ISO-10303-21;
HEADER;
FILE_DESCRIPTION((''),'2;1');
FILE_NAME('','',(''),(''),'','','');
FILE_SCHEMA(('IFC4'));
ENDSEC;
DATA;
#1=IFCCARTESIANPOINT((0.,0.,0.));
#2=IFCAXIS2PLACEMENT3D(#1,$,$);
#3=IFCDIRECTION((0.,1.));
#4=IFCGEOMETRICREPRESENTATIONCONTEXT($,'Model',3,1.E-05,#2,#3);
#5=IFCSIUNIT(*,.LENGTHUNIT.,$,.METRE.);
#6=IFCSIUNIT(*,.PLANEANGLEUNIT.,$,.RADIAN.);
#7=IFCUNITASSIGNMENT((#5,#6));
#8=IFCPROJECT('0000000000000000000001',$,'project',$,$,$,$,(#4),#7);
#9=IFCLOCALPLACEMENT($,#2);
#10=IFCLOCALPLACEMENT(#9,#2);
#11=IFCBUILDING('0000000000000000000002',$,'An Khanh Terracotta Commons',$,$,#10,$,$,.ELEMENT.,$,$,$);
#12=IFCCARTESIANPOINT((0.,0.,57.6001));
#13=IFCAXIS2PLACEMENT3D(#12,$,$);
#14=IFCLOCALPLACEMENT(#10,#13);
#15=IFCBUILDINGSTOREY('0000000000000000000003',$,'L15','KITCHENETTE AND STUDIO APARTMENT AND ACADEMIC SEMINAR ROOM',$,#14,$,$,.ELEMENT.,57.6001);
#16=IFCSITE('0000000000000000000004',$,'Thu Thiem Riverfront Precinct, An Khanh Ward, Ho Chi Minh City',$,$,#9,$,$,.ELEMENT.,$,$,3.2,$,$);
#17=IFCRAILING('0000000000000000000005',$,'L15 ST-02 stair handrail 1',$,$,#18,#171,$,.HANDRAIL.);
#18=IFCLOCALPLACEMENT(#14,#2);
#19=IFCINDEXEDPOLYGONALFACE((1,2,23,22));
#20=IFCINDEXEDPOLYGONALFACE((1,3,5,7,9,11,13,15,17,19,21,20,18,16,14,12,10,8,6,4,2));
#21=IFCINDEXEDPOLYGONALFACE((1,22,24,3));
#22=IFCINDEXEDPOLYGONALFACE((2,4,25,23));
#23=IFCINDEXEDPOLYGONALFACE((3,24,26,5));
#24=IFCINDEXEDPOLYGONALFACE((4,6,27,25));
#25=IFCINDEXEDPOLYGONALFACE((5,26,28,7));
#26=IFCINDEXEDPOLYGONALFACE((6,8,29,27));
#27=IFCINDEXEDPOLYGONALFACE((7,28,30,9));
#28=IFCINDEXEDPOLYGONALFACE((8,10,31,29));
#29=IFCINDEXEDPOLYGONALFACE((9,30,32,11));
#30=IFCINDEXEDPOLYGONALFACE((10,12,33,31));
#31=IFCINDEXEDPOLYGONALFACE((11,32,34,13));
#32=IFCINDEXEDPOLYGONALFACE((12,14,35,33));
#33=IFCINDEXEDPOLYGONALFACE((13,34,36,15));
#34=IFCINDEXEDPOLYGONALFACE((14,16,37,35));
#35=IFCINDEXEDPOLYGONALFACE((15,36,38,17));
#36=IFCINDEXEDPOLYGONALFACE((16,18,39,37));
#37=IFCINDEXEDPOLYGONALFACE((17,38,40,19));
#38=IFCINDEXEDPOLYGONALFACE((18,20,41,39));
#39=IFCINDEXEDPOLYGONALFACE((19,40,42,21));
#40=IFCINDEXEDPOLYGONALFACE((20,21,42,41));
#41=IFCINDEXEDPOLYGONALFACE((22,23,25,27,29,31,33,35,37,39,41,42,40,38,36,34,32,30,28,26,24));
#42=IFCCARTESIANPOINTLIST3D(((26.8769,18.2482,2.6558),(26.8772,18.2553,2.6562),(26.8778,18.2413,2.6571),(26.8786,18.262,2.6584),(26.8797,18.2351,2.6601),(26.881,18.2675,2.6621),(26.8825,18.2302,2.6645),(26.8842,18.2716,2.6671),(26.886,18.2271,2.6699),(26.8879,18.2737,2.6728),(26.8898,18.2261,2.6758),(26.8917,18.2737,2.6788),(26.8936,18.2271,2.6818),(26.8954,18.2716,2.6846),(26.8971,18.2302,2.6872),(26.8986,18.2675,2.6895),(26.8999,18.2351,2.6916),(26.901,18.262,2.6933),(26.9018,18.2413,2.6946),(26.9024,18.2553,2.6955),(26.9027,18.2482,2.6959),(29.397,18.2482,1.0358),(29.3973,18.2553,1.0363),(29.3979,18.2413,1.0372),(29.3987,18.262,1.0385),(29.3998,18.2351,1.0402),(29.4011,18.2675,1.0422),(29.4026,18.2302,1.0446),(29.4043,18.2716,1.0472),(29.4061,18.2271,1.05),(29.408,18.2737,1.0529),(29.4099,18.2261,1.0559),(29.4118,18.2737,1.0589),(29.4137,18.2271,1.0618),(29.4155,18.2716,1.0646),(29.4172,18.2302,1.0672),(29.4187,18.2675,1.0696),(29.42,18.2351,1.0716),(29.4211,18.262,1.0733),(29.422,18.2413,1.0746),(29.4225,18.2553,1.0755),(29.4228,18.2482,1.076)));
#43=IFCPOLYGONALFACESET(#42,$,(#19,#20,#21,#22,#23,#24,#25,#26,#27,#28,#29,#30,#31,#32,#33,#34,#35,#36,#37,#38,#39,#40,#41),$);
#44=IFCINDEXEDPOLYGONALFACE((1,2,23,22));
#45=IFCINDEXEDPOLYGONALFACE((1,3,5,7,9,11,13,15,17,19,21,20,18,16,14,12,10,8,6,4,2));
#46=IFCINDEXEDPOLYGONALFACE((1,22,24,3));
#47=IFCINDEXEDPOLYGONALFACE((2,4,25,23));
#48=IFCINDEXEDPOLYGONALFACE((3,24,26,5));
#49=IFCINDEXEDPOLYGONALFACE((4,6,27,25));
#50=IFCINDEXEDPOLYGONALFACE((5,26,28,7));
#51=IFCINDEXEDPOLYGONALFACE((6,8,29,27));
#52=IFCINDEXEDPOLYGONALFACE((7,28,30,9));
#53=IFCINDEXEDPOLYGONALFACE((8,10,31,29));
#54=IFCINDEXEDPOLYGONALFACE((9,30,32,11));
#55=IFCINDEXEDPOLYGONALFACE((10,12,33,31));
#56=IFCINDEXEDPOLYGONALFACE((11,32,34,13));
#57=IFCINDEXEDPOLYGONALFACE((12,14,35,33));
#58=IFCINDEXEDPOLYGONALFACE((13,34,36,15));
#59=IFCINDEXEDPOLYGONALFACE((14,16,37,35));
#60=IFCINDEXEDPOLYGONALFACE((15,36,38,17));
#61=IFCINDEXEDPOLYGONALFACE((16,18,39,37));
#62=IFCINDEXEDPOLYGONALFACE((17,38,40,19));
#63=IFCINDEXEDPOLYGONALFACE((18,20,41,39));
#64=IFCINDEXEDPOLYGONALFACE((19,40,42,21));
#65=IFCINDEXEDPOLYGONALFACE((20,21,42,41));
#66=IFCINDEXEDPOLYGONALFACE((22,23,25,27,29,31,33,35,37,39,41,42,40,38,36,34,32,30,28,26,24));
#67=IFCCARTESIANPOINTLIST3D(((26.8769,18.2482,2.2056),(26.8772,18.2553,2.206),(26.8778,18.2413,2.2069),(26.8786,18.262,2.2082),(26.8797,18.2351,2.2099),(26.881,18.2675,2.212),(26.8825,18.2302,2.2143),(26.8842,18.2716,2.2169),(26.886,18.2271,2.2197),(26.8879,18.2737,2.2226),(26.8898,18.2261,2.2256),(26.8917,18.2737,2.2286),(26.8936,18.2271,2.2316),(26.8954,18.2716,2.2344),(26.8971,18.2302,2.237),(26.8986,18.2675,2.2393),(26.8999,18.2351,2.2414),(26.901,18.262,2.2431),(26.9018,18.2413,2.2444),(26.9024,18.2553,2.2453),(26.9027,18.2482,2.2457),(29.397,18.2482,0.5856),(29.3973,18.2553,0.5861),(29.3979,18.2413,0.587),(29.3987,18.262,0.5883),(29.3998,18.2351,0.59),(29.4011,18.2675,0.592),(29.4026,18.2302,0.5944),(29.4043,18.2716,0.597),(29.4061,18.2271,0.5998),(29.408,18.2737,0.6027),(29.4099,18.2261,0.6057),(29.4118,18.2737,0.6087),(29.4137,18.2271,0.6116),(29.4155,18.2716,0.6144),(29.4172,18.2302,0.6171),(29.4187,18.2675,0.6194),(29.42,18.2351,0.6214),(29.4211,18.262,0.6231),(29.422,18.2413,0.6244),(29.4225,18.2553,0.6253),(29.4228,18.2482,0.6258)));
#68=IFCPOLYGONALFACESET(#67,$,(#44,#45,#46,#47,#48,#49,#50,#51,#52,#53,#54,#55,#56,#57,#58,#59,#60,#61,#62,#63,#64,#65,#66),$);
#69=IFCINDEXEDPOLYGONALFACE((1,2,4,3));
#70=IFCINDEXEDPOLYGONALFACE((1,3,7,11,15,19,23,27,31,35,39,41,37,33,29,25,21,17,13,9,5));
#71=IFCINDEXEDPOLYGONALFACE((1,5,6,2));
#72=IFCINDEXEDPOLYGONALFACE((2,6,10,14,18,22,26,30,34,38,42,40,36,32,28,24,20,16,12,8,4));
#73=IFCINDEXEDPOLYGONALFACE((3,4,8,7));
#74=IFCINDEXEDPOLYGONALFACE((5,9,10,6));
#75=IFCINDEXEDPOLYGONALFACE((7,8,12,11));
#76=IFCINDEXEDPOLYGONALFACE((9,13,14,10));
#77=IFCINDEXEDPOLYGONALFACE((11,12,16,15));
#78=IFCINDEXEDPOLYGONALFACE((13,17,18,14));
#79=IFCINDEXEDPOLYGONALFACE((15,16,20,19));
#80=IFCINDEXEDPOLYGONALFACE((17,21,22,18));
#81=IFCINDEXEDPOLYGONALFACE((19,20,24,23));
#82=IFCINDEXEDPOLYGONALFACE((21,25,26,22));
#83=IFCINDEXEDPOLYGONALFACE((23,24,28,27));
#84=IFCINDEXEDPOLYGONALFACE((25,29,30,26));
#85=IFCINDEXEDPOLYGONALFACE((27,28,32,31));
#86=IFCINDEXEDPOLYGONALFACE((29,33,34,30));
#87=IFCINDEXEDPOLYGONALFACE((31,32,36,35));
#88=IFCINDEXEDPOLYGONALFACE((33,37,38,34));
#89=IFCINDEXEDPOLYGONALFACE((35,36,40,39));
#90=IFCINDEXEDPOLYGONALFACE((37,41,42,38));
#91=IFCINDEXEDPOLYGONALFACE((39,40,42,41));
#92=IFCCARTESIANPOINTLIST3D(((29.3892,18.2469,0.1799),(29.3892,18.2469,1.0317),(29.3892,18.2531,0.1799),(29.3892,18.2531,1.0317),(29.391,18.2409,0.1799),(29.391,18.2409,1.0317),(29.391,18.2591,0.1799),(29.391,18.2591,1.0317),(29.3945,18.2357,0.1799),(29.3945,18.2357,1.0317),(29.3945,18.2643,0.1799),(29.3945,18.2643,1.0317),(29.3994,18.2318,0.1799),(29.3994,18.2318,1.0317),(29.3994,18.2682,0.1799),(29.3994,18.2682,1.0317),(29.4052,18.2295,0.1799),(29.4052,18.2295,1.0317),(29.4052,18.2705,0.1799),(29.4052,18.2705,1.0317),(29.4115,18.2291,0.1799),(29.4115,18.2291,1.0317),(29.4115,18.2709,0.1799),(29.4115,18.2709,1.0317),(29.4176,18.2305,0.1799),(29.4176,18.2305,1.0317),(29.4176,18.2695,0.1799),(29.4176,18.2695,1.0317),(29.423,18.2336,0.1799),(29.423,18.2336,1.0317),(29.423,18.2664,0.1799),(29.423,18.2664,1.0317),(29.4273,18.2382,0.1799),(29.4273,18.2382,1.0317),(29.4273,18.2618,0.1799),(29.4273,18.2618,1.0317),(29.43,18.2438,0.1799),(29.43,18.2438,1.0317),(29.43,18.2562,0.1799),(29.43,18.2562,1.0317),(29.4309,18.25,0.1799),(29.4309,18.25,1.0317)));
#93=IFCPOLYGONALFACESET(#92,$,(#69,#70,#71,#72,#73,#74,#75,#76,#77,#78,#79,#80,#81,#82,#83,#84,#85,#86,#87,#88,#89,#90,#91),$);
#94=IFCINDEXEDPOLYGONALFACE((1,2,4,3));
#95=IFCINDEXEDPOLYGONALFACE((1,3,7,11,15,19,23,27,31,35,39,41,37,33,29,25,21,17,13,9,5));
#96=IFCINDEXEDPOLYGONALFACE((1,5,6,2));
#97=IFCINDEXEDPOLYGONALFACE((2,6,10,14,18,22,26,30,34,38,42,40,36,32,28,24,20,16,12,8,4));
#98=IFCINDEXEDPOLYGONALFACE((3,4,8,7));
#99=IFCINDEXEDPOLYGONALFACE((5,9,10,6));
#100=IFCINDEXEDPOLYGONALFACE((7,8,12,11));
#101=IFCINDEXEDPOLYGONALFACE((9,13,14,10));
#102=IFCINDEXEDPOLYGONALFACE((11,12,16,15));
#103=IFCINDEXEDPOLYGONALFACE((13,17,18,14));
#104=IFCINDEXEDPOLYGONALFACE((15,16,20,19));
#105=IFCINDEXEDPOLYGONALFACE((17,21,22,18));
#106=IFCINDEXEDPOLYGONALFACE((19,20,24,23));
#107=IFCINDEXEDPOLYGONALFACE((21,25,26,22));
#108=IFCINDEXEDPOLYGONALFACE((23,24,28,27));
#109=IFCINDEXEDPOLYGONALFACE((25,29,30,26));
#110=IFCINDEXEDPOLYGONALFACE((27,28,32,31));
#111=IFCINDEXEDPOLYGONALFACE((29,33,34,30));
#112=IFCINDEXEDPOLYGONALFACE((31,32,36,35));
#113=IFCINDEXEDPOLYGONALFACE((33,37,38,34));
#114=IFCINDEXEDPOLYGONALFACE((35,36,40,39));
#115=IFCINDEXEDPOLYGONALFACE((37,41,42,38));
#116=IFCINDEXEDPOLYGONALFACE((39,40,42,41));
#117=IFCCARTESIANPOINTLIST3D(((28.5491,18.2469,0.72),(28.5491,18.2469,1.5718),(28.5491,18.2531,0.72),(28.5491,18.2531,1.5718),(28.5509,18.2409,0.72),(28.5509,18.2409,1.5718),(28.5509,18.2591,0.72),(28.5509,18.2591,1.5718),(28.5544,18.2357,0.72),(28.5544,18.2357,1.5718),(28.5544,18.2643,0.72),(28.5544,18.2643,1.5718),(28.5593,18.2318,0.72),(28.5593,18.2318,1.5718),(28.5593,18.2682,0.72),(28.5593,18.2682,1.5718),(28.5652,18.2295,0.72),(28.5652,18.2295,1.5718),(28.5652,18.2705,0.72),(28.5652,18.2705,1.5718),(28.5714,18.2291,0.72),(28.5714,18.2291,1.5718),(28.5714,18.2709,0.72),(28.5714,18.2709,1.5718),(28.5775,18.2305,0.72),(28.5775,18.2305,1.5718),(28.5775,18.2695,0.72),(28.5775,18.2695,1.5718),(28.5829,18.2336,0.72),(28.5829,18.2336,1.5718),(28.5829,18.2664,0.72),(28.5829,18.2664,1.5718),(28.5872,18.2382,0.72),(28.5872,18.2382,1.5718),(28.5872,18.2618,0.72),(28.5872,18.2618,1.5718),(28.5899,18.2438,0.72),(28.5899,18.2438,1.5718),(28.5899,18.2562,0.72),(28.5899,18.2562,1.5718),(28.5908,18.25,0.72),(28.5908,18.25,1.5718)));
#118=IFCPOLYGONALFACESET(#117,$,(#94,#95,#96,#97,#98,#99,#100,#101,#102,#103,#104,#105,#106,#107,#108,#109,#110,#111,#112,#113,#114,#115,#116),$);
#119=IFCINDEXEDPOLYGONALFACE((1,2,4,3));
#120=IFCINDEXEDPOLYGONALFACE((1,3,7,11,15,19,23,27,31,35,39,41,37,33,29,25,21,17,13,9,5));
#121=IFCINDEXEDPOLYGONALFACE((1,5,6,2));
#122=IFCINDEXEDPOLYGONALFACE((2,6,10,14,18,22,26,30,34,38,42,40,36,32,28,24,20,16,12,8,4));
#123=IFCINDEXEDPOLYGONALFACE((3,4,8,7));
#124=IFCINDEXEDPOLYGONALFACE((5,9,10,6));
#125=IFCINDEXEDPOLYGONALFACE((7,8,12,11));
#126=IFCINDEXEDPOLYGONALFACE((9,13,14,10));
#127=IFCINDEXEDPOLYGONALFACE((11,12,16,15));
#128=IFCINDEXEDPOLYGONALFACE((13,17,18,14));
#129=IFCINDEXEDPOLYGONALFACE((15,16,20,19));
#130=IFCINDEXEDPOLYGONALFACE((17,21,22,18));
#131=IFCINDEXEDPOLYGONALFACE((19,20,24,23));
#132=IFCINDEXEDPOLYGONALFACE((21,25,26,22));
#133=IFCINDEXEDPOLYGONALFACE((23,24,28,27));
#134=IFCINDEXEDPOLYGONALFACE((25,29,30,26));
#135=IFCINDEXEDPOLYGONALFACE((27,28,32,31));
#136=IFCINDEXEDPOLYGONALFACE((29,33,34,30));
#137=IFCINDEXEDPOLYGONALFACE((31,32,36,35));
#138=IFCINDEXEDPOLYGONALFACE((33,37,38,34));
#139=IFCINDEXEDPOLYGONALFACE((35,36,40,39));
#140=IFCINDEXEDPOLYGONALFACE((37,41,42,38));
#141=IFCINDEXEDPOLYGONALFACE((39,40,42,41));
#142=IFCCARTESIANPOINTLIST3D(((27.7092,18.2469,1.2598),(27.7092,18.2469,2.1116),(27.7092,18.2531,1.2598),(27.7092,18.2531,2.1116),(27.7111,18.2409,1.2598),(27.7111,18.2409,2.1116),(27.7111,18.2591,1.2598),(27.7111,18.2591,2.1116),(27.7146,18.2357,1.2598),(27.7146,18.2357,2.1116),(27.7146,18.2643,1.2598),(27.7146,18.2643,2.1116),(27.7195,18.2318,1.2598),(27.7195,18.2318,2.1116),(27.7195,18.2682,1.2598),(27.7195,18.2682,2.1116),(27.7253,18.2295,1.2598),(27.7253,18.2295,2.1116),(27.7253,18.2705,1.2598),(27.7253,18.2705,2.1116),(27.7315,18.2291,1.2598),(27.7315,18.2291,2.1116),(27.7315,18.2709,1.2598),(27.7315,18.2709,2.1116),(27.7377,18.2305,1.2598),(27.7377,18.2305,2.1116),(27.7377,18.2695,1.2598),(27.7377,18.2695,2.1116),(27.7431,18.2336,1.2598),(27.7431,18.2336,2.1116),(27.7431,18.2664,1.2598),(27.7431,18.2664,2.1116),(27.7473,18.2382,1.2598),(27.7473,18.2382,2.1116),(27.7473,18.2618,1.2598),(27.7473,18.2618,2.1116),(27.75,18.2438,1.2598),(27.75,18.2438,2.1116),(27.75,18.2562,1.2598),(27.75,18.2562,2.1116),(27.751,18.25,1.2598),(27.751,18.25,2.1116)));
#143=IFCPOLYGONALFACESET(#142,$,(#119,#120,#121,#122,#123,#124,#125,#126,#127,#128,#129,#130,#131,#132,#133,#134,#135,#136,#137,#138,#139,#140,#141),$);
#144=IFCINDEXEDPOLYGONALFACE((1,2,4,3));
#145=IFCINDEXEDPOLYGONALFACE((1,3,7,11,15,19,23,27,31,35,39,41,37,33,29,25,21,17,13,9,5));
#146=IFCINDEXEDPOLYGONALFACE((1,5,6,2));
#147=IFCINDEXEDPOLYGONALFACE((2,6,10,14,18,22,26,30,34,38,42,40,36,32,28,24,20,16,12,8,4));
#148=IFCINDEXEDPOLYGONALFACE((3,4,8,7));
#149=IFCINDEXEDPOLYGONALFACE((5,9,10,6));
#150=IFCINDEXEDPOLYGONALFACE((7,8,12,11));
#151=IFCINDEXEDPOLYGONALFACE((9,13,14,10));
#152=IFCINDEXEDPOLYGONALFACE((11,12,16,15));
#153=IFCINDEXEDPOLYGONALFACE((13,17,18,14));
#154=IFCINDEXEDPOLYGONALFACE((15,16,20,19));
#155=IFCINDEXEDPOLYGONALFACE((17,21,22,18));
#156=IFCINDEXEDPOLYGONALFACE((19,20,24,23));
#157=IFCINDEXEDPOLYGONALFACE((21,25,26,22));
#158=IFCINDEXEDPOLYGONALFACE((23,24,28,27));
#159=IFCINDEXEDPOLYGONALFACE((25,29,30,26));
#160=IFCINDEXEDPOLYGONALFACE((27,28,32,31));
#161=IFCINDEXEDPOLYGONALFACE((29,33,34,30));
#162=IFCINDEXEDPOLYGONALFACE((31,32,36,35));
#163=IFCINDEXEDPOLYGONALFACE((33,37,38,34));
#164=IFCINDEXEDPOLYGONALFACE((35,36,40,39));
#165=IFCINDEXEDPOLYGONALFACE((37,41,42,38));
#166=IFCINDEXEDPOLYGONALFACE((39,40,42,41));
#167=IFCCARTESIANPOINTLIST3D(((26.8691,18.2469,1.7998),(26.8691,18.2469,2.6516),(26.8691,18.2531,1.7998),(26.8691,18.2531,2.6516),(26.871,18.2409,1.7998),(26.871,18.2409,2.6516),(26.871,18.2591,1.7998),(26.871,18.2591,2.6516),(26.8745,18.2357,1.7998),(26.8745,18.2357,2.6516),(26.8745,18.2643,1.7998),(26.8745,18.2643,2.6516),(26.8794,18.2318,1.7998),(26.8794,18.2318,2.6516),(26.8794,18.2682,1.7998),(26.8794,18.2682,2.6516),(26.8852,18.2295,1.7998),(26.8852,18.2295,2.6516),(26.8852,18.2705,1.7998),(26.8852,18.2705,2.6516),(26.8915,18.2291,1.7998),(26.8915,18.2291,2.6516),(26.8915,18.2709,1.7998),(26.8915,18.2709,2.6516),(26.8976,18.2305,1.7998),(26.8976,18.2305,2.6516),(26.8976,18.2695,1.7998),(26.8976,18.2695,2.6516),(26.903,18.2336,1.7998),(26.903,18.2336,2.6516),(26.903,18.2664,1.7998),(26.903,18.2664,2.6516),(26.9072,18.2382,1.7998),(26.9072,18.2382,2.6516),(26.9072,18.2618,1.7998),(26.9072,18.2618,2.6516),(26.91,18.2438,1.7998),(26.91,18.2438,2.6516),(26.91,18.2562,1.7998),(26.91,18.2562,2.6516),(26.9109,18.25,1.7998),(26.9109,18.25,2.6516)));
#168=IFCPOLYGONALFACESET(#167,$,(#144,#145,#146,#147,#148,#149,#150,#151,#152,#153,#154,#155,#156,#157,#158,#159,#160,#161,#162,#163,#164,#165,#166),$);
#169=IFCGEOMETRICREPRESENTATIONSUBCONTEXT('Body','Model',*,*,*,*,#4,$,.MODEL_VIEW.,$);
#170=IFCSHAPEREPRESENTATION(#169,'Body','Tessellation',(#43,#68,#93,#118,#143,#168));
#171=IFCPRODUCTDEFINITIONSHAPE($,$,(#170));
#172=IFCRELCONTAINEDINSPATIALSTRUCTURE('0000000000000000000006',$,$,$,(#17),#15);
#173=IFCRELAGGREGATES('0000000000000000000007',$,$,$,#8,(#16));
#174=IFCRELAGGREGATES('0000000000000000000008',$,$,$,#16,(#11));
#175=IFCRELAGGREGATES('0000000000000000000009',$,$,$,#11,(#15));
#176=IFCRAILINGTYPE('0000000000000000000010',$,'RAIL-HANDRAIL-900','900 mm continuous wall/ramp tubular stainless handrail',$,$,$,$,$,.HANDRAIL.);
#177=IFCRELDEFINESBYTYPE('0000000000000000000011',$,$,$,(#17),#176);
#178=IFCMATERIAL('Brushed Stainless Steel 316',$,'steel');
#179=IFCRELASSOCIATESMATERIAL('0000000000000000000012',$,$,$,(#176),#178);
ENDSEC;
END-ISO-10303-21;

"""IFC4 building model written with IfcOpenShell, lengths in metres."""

from ifc_helpers import new_model, si_unit, direction, frame, origin, origin_2d, place, context, subcontext, project, spatial, circle, extrude, material, type_object, element, save


model = new_model("IFC4")

# Units and contexts
model_context = context("Model", 3, precision=1e-05, world=origin(), true_north=direction((0.0, 1.0)))
body_context = subcontext(model_context, "Body", "Model", "MODEL_VIEW")
ifc_project = project(units=[si_unit("LENGTHUNIT", "METRE"), si_unit("PLANEANGLEUNIT", "RADIAN")], contexts=[model_context])

# Site, building, storey
site_placement = place(None, origin())
site = spatial("IfcSite", under=ifc_project, at=site_placement, Name="Thu Thiem Riverfront Precinct, An Khanh Ward, Ho Chi Minh City", CompositionType="ELEMENT", RefElevation=3.2)
building_placement = place(site_placement, origin())
building = spatial("IfcBuilding", under=site, at=building_placement, Name="An Khanh Terracotta Commons", CompositionType="ELEMENT")
storey_placement = place(building_placement, frame((0.0, 0.0, 57.6001)))
storey = spatial("IfcBuildingStorey", under=building, at=storey_placement, Name="L15", Description="KITCHENETTE AND STUDIO APARTMENT AND ACADEMIC SEMINAR ROOM", CompositionType="ELEMENT", Elevation=57.6001)

# Railing
ifc_material_1 = material(Name="Brushed Stainless Steel 316", Category="steel")
railing_type = type_object("IfcRailingType", Name="RAIL-HANDRAIL-900", Description="900 mm continuous wall/ramp tubular stainless handrail", PredefinedType="HANDRAIL", material=ifc_material_1)
railing_placement = place(storey_placement, frame((29.4099, 18.25, 0.1799)))
element("IfcRailing", 1, at=railing_placement, inside=storey, type_object=railing_type, Name="L15 ST-02 stair handrail 1", PredefinedType="HANDRAIL", context=body_context, shape_type="SweptSolid", body=[
    extrude(circle(Radius=0.0239, at=origin_2d()), frame((0.0, 0.0, 0.876), z_axis=(-0.8412, 0.0, 0.540725), x_axis=(0.0, -1.0, 0.0)), (0.0, 0.0, 1.0), 2.9958),
    extrude(circle(Radius=0.0239, at=origin_2d()), frame((0.0, 0.0, 0.4258), z_axis=(-0.8412, 0.0, 0.540725), x_axis=(0.0, -1.0, 0.0)), (0.0, 0.0, 1.0), 2.9958),
    extrude(circle(Radius=0.021, at=origin_2d()), origin(), (0.0, 0.0, 1.0), 0.8518),
    extrude(circle(Radius=0.021, at=origin_2d()), frame((-0.8401, 0.0, 0.54)), (0.0, 0.0, 1.0), 0.8518),
    extrude(circle(Radius=0.021, at=origin_2d()), frame((-1.6799, 0.0, 1.0798)), (0.0, 0.0, 1.0), 0.8518),
    extrude(circle(Radius=0.021, at=origin_2d()), frame((-2.52, 0.0, 1.6199)), (0.0, 0.0, 1.0), 0.8518),
])

save(model, "model.ifc")
